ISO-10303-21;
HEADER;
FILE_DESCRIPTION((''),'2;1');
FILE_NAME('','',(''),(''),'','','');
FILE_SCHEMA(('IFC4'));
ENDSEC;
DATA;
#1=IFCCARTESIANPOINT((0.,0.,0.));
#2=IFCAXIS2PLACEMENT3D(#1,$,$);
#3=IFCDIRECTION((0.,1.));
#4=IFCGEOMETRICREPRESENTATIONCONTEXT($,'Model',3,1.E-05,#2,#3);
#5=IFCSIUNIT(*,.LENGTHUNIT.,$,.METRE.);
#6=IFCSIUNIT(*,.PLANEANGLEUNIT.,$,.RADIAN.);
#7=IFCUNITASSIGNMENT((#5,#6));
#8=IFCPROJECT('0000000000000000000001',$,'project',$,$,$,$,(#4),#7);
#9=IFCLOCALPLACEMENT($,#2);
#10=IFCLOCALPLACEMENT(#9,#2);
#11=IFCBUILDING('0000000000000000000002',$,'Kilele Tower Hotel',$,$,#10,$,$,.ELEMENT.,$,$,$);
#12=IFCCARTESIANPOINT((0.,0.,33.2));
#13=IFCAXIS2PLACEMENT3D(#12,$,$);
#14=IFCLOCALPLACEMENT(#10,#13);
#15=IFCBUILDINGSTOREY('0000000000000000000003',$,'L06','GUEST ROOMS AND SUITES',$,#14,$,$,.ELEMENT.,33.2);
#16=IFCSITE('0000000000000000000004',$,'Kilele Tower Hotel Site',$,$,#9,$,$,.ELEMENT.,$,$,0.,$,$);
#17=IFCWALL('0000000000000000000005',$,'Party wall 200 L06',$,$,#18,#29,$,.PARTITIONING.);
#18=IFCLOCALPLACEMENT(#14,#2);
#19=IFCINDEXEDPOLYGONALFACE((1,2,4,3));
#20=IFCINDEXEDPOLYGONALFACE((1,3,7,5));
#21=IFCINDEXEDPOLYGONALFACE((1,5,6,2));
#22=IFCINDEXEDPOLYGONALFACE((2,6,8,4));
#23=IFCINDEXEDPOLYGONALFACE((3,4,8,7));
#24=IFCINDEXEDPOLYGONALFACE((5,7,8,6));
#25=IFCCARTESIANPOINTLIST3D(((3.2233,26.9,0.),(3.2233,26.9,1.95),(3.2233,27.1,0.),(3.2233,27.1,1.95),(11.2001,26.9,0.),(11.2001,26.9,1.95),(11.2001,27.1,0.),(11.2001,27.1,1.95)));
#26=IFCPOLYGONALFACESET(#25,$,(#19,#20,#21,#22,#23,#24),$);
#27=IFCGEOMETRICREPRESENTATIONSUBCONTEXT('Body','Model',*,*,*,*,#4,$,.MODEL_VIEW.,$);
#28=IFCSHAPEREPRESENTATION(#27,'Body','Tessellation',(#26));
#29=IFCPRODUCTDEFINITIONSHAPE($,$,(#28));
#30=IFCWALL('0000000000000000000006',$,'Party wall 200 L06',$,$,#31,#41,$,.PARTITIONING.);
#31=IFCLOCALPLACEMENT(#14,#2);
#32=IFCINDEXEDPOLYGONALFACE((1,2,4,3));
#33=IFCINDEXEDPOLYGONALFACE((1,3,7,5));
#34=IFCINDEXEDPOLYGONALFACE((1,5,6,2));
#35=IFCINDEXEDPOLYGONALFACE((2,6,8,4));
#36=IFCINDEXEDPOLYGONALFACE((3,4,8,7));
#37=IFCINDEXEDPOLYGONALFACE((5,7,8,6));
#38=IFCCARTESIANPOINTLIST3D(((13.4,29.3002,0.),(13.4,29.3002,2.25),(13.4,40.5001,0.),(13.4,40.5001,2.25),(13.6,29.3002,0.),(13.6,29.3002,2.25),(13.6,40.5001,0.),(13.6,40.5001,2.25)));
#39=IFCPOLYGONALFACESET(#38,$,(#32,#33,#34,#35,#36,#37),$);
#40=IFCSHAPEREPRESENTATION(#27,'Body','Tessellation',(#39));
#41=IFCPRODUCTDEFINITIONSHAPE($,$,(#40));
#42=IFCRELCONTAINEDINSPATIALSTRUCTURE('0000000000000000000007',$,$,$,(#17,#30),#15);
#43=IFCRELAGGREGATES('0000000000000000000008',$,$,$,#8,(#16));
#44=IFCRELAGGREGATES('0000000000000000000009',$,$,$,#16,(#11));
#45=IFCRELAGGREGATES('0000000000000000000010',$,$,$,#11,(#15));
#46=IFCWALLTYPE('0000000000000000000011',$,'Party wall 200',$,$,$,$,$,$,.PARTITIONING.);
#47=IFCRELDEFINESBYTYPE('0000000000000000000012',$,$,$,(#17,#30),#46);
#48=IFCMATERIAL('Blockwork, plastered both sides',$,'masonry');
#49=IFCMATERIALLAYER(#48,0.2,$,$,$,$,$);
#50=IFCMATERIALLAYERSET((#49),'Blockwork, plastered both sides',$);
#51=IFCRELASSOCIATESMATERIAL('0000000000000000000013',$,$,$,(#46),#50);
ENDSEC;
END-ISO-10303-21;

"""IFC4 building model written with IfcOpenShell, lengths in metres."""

from ifc_helpers import new_model, si_unit, direction, frame, frame_2d, origin, place, context, subcontext, project, spatial, rectangle, extrude, material, layer, layer_set, type_object, element, save


model = new_model("IFC4")

# Units and contexts
model_context = context("Model", 3, precision=1e-05, world=origin(), true_north=direction((0.0, 1.0)))
body_context = subcontext(model_context, "Body", "Model", "MODEL_VIEW")
ifc_project = project(units=[si_unit("LENGTHUNIT", "METRE"), si_unit("PLANEANGLEUNIT", "RADIAN")], contexts=[model_context])

# Site, building, storey
site_placement = place(None, origin())
site = spatial("IfcSite", under=ifc_project, at=site_placement, Name="Kilele Tower Hotel Site", CompositionType="ELEMENT", RefElevation=0.0)
building_placement = place(site_placement, origin())
building = spatial("IfcBuilding", under=site, at=building_placement, Name="Kilele Tower Hotel", CompositionType="ELEMENT")
storey_placement = place(building_placement, frame((0.0, 0.0, 33.2)))
storey = spatial("IfcBuildingStorey", under=building, at=storey_placement, Name="L06", Description="GUEST ROOMS AND SUITES", CompositionType="ELEMENT", Elevation=33.2)

# Walls
ifc_material_1 = material(Name="Blockwork, plastered both sides", Category="masonry")
ifc_layer_1 = layer(ifc_material_1, 0.2)
ifc_layer_set_1 = layer_set([ifc_layer_1], Name="Blockwork, plastered both sides")
wall_type_1 = type_object("IfcWallType", Name="Party wall 200", PredefinedType="PARTITIONING", material=ifc_layer_set_1)
wall_1_placement = place(storey_placement, frame((11.2, 27.0, 0.0), z_axis=(0.0, 0.0, 1.0), x_axis=(-1.0, 0.0, 0.0)))
element("IfcWall", 1, at=wall_1_placement, inside=storey, type_object=wall_type_1, Name="Party wall 200 L06", PredefinedType="PARTITIONING", context=body_context, shape_type="SweptSolid", body=[
    extrude(rectangle(XDim=7.9768, YDim=0.2, at=frame_2d((3.9883, 0.0))), origin(), (0.0, 0.0, 1.0), 1.95),
])
wall_2_placement = place(storey_placement, frame((13.5, 29.3, 0.0), z_axis=(0.0, 0.0, 1.0), x_axis=(0.0, 1.0, 0.0)))
element("IfcWall", 2, at=wall_2_placement, inside=storey, type_object=wall_type_1, Name="Party wall 200 L06", PredefinedType="PARTITIONING", context=body_context, shape_type="SweptSolid", body=[
    extrude(rectangle(XDim=11.2, YDim=0.2, at=frame_2d((5.6001, 0.0))), origin(), (0.0, 0.0, 1.0), 2.25),
])

save(model, "model.ifc")
